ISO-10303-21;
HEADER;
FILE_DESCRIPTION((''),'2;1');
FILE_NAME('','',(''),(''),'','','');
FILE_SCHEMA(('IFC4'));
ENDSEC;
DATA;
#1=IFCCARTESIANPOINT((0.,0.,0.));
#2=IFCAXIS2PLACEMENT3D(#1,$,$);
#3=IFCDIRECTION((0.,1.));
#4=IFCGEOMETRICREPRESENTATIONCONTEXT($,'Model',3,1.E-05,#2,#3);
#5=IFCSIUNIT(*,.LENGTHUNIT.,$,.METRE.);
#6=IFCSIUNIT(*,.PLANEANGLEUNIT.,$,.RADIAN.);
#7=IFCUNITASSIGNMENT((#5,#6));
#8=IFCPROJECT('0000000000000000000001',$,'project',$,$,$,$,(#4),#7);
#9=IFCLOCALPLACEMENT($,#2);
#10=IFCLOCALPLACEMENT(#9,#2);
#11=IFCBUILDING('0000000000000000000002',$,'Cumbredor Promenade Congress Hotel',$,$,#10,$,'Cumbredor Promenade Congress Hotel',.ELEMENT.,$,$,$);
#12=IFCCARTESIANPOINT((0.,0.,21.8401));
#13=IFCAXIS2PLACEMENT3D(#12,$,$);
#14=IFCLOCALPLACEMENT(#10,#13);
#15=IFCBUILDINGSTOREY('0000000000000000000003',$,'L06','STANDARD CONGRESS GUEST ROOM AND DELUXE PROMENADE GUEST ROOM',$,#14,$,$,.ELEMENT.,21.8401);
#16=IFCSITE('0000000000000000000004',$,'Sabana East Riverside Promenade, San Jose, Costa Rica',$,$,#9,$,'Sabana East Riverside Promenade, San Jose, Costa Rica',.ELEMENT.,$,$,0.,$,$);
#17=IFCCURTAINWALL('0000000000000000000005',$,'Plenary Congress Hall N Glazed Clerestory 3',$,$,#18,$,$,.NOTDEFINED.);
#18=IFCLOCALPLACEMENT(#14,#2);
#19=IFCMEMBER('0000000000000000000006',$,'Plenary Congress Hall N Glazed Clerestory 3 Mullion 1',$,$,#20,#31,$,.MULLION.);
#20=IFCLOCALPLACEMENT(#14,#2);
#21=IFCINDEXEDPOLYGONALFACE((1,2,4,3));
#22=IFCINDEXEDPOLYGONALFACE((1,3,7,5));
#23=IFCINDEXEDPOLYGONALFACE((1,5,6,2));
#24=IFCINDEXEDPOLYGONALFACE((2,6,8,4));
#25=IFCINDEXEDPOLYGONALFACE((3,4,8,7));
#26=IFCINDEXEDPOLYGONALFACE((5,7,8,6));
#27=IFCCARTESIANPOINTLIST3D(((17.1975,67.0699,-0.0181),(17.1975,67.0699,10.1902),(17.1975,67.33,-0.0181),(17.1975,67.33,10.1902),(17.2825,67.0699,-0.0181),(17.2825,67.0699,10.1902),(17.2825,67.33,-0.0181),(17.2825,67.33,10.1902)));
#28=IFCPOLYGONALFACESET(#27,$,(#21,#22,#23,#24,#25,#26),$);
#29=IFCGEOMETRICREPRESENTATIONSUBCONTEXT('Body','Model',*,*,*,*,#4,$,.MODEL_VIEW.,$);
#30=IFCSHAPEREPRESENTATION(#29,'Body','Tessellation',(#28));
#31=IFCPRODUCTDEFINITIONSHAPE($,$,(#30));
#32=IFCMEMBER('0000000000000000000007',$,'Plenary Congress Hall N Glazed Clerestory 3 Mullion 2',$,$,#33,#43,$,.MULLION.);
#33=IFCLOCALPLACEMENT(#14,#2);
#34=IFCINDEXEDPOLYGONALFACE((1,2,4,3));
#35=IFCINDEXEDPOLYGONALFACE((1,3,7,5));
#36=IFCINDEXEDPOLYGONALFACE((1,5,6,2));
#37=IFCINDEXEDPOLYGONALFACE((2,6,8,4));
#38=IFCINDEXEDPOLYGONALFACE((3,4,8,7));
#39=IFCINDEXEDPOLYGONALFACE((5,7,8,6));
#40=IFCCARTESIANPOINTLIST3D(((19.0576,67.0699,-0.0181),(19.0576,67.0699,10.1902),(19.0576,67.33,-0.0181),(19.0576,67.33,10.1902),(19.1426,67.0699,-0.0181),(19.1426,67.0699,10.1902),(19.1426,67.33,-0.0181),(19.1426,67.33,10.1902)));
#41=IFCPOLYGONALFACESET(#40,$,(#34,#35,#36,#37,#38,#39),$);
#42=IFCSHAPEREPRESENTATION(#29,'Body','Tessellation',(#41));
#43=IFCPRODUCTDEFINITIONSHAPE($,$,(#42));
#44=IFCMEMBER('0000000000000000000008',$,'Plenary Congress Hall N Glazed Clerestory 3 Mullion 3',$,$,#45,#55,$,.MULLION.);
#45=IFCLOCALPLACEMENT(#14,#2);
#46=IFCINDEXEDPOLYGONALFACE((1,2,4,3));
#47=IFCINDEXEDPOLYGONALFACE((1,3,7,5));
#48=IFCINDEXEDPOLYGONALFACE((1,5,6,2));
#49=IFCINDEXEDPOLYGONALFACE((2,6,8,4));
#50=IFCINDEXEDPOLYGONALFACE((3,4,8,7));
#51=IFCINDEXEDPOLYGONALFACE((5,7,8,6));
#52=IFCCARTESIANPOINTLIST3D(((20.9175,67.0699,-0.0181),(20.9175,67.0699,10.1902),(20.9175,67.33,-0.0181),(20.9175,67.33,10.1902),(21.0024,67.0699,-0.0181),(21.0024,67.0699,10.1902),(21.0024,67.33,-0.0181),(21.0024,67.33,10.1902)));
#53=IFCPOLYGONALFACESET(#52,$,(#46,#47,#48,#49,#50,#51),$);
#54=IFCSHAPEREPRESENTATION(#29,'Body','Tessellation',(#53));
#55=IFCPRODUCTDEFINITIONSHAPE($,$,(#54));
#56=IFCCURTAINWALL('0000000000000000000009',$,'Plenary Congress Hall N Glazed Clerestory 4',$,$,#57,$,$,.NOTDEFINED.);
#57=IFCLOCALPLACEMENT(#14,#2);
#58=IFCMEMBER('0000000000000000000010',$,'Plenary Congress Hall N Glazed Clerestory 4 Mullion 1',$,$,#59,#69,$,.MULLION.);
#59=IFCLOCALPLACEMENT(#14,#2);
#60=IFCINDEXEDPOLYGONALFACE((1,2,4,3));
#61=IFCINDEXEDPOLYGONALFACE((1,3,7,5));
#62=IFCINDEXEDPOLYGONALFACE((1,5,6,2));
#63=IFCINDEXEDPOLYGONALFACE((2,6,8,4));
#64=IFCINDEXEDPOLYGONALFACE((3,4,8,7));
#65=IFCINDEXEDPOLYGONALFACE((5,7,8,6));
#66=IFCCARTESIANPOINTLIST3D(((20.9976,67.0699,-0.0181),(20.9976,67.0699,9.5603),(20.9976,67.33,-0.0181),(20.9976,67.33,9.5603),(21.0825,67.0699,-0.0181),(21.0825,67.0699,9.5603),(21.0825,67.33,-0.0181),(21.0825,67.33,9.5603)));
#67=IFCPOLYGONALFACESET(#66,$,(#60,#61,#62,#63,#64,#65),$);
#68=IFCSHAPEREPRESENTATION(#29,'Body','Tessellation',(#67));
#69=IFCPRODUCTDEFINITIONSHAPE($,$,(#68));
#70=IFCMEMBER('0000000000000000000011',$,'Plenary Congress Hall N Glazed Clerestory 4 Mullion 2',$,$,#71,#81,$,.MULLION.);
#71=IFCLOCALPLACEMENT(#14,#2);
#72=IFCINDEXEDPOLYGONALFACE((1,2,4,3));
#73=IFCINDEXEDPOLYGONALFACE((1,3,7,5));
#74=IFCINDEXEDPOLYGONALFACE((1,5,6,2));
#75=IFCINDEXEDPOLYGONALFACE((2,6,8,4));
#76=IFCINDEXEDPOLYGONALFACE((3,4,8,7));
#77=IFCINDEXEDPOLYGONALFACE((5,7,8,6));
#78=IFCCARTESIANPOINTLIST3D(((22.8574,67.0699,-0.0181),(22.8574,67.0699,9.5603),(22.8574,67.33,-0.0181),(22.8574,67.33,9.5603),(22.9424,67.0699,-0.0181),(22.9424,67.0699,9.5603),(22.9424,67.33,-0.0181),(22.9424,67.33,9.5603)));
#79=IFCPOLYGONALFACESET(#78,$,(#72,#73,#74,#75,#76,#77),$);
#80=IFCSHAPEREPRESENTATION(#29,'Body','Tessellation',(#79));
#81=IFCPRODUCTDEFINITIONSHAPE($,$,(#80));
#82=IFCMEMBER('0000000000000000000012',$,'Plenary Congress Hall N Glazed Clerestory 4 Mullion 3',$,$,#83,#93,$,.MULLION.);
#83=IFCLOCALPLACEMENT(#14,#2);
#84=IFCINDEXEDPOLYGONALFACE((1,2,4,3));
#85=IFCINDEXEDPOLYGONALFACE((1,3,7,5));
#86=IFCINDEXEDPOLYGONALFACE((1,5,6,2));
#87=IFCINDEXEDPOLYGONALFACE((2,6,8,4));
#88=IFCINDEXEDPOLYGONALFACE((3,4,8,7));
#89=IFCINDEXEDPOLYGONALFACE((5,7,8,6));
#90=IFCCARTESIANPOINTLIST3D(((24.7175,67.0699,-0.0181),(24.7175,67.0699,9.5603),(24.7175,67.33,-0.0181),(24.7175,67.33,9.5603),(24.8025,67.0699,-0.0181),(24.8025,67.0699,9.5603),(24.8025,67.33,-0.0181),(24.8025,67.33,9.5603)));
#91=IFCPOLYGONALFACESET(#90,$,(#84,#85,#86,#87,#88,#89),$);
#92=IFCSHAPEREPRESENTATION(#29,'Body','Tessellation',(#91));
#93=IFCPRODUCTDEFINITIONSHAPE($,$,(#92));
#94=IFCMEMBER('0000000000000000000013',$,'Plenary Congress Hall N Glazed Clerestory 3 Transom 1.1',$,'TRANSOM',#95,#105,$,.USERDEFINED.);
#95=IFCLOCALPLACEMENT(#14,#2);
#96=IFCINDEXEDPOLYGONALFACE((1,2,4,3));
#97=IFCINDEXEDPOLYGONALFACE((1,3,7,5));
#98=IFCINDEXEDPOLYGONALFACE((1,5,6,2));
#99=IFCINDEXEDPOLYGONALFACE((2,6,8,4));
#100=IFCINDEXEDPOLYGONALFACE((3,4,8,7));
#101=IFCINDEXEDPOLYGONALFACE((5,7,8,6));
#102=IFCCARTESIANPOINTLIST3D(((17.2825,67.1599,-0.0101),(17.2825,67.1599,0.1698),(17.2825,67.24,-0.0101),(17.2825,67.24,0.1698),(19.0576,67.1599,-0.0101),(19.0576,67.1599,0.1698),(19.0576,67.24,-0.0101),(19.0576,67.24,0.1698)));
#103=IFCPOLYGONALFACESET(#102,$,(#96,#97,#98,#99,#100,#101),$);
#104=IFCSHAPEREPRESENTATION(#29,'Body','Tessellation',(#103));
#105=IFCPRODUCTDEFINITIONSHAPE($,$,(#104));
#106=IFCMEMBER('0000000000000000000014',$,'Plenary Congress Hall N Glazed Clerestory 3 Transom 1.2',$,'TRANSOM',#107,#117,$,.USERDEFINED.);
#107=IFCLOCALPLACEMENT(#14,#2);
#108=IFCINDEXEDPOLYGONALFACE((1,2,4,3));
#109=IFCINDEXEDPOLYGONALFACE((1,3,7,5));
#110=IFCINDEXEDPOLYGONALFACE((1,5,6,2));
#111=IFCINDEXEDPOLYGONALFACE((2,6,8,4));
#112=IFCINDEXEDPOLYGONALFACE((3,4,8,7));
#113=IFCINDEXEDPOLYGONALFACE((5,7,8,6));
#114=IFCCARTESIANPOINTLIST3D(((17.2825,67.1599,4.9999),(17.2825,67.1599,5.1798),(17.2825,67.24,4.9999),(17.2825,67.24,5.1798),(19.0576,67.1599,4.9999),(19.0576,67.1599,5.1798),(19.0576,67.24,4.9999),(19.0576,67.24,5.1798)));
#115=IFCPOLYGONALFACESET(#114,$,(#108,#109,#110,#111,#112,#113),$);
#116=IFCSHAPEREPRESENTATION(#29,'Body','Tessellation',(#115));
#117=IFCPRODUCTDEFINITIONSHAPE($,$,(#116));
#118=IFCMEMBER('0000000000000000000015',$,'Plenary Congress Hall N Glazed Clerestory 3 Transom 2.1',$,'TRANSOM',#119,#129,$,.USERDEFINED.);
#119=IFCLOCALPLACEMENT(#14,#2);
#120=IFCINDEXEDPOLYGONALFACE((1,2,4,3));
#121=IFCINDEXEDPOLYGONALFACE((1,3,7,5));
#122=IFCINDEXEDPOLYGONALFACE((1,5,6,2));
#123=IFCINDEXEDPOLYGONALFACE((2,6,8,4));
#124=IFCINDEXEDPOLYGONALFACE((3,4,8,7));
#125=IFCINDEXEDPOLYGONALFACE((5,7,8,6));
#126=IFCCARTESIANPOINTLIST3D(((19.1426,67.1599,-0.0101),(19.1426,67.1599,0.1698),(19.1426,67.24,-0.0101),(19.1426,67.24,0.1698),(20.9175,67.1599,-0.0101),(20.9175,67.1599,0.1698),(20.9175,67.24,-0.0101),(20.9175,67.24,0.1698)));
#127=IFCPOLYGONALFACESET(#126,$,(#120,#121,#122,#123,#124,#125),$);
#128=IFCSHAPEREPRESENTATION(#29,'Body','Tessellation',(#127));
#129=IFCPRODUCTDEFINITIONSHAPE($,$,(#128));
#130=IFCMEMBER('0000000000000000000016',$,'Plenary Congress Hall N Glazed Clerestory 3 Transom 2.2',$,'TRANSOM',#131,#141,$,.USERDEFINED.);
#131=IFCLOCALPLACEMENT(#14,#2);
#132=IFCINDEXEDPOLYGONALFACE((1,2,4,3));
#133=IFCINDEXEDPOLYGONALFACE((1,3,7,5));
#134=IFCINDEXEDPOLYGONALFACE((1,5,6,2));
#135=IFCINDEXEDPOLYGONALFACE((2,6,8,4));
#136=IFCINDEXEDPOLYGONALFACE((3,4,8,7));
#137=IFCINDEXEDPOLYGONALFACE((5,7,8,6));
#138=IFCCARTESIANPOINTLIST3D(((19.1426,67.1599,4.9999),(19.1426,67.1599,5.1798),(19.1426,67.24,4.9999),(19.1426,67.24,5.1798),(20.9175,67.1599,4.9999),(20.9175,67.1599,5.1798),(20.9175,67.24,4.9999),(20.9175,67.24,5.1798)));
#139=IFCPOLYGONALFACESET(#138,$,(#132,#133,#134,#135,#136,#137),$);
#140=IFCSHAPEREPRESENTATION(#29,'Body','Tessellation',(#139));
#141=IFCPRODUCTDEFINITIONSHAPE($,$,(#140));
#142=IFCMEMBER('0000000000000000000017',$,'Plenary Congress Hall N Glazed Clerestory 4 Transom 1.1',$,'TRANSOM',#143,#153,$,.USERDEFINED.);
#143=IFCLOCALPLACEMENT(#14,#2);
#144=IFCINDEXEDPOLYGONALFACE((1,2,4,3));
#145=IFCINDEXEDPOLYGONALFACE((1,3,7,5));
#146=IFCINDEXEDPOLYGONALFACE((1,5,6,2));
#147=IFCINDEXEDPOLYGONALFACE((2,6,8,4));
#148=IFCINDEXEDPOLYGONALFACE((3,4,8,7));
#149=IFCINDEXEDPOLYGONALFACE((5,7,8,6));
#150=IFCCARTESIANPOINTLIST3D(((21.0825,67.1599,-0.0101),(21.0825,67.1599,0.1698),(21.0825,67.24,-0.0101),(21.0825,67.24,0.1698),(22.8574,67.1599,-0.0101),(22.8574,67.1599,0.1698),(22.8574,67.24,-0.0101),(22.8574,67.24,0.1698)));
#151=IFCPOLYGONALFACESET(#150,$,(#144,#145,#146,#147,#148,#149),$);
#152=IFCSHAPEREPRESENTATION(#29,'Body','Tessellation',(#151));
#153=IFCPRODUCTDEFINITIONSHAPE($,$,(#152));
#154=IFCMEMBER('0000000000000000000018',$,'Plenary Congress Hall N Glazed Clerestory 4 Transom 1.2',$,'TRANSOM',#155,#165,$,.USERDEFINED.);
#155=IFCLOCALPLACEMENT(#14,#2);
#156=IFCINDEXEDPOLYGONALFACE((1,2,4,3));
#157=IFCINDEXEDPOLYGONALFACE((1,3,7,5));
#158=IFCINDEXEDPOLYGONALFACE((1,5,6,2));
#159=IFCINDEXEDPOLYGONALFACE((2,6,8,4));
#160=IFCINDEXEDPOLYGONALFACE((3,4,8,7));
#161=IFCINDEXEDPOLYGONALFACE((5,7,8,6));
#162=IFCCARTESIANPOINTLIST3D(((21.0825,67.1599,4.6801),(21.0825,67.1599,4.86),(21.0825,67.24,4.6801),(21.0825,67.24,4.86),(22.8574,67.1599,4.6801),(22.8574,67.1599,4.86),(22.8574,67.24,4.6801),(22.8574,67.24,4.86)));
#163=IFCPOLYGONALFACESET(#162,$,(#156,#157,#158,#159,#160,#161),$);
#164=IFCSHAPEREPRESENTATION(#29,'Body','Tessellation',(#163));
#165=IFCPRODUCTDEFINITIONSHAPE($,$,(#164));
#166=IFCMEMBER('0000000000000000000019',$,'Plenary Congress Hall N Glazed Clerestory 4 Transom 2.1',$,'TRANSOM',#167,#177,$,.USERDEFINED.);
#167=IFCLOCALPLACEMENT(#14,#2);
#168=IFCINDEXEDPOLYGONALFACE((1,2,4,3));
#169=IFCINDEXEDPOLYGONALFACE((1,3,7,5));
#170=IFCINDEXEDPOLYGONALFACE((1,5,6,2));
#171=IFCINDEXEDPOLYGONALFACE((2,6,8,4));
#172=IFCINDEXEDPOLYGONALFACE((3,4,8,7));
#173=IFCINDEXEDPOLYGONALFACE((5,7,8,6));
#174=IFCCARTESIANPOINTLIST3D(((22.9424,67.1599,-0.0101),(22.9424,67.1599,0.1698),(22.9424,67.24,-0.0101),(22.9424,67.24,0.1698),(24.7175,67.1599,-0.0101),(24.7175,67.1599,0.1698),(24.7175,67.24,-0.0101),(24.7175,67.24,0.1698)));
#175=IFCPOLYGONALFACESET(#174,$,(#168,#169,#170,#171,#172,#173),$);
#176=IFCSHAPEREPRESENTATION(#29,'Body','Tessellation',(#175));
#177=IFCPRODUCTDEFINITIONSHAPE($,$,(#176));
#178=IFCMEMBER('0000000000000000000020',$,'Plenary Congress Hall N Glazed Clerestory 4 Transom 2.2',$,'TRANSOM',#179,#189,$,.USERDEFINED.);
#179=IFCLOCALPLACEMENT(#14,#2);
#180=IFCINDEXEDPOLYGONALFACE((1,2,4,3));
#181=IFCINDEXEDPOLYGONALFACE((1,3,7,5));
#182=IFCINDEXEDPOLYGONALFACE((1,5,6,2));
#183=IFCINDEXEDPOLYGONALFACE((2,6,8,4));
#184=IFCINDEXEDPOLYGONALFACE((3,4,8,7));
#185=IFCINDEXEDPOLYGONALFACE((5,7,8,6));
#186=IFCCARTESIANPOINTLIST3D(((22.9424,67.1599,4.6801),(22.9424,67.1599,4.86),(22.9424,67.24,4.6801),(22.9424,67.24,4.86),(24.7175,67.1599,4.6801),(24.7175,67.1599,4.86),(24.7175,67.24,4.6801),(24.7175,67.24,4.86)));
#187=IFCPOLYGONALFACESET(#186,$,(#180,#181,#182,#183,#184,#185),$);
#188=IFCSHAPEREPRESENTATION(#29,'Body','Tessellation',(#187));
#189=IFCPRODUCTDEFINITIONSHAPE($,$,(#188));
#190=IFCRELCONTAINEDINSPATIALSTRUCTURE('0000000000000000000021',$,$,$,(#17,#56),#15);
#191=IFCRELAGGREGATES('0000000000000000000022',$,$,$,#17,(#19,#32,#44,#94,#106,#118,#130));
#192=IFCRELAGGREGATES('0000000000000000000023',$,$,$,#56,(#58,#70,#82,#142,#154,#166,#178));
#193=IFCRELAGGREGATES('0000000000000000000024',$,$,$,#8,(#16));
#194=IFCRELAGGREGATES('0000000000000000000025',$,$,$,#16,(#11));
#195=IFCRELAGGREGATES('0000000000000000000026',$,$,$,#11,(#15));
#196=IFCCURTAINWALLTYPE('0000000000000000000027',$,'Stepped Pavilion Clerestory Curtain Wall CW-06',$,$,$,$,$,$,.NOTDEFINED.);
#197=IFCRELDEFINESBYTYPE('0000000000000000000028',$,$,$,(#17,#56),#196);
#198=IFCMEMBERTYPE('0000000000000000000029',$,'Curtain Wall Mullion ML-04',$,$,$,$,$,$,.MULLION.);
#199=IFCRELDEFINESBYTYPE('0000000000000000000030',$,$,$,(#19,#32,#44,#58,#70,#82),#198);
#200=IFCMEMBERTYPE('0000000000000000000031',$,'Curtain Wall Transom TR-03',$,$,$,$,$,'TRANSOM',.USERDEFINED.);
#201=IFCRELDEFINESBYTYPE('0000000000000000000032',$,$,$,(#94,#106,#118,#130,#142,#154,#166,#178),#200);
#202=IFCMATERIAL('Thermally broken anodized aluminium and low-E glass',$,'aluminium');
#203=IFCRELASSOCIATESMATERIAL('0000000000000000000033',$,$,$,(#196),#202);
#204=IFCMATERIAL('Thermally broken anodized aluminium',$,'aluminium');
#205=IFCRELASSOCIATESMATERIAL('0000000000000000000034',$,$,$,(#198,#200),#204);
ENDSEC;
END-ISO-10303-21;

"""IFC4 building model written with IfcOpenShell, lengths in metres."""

from ifc_helpers import new_model, si_unit, direction, frame, origin, origin_2d, place, context, subcontext, project, spatial, rectangle, extrude, material, material_profile, profile_set, type_object, element, aggregate, save


model = new_model("IFC4")

# Units and contexts
model_context = context("Model", 3, precision=1e-05, world=origin(), true_north=direction((0.0, 1.0)))
body_context = subcontext(model_context, "Body", "Model", "MODEL_VIEW")
ifc_project = project(units=[si_unit("LENGTHUNIT", "METRE"), si_unit("PLANEANGLEUNIT", "RADIAN")], contexts=[model_context])

# Site, building, storey
site_placement = place(None, origin())
site = spatial("IfcSite", under=ifc_project, at=site_placement, Name="Sabana East Riverside Promenade, San Jose, Costa Rica", LongName="Sabana East Riverside Promenade, San Jose, Costa Rica", CompositionType="ELEMENT", RefElevation=0.0)
building_placement = place(site_placement, origin())
building = spatial("IfcBuilding", under=site, at=building_placement, Name="Cumbredor Promenade Congress Hotel", LongName="Cumbredor Promenade Congress Hotel", CompositionType="ELEMENT")
storey_placement = place(building_placement, frame((0.0, 0.0, 21.8401)))
storey = spatial("IfcBuildingStorey", under=building, at=storey_placement, Name="L06", Description="STANDARD CONGRESS GUEST ROOM AND DELUXE PROMENADE GUEST ROOM", CompositionType="ELEMENT", Elevation=21.8401)

# Curtain walls, members
ifc_material_1 = material(Name="Thermally broken anodized aluminium and low-E glass", Category="aluminium")
curtain_wall_type = type_object("IfcCurtainWallType", Name="Stepped Pavilion Clerestory Curtain Wall CW-06", PredefinedType="NOTDEFINED", material=ifc_material_1)
curtain_wall_1_placement = place(storey_placement, origin())
curtain_wall_1 = element("IfcCurtainWall", 1, at=curtain_wall_1_placement, inside=storey, type_object=curtain_wall_type, Name="Plenary Congress Hall N Glazed Clerestory 3", PredefinedType="NOTDEFINED")
ifc_material_2 = material(Name="Thermally broken anodized aluminium", Category="aluminium")
ifc_material_profile_1 = material_profile(ifc_material_2, rectangle(XDim=0.085, YDim=0.26, at=origin_2d()), Name="ALU MULLION CLERESTORY 85x260")
ifc_profile_set_1 = profile_set([ifc_material_profile_1], Name="Thermally broken anodized aluminium")
member_type_1 = type_object("IfcMemberType", Name="Curtain Wall Mullion ML-04", PredefinedType="MULLION", material=ifc_profile_set_1)
member_1_placement = place(storey_placement, frame((17.24, 67.2, -0.0181), z_axis=(0.0, 0.0, 1.0), x_axis=(1.0, 0.0, 0.0)))
member_1 = element("IfcMember", 2, at=member_1_placement, type_object=member_type_1, Name="Plenary Congress Hall N Glazed Clerestory 3 Mullion 1", PredefinedType="MULLION", context=body_context, shape_type="SweptSolid", body=[
    extrude(rectangle(XDim=0.085, YDim=0.26, at=origin_2d()), origin(), (0.0, 0.0, 1.0), 10.2083),
])
member_2_placement = place(storey_placement, frame((19.1001, 67.2, -0.0181), z_axis=(0.0, 0.0, 1.0), x_axis=(1.0, 0.0, 0.0)))
member_2 = element("IfcMember", 3, at=member_2_placement, type_object=member_type_1, Name="Plenary Congress Hall N Glazed Clerestory 3 Mullion 2", PredefinedType="MULLION", context=body_context, shape_type="SweptSolid", body=[
    extrude(rectangle(XDim=0.085, YDim=0.26, at=origin_2d()), origin(), (0.0, 0.0, 1.0), 10.2083),
])
member_3_placement = place(storey_placement, frame((20.96, 67.2, -0.0181), z_axis=(0.0, 0.0, 1.0), x_axis=(1.0, 0.0, 0.0)))
member_3 = element("IfcMember", 4, at=member_3_placement, type_object=member_type_1, Name="Plenary Congress Hall N Glazed Clerestory 3 Mullion 3", PredefinedType="MULLION", context=body_context, shape_type="SweptSolid", body=[
    extrude(rectangle(XDim=0.085, YDim=0.26, at=origin_2d()), origin(), (0.0, 0.0, 1.0), 10.2083),
])
curtain_wall_2_placement = place(storey_placement, origin())
curtain_wall_2 = element("IfcCurtainWall", 5, at=curtain_wall_2_placement, inside=storey, type_object=curtain_wall_type, Name="Plenary Congress Hall N Glazed Clerestory 4", PredefinedType="NOTDEFINED")
member_4_placement = place(storey_placement, frame((21.04, 67.2, -0.0181), z_axis=(0.0, 0.0, 1.0), x_axis=(1.0, 0.0, 0.0)))
member_4 = element("IfcMember", 6, at=member_4_placement, type_object=member_type_1, Name="Plenary Congress Hall N Glazed Clerestory 4 Mullion 1", PredefinedType="MULLION", context=body_context, shape_type="SweptSolid", body=[
    extrude(rectangle(XDim=0.085, YDim=0.26, at=origin_2d()), origin(), (0.0, 0.0, 1.0), 9.5784),
])
member_5_placement = place(storey_placement, frame((22.8999, 67.2, -0.0181), z_axis=(0.0, 0.0, 1.0), x_axis=(1.0, 0.0, 0.0)))
member_5 = element("IfcMember", 7, at=member_5_placement, type_object=member_type_1, Name="Plenary Congress Hall N Glazed Clerestory 4 Mullion 2", PredefinedType="MULLION", context=body_context, shape_type="SweptSolid", body=[
    extrude(rectangle(XDim=0.085, YDim=0.26, at=origin_2d()), origin(), (0.0, 0.0, 1.0), 9.5784),
])
member_6_placement = place(storey_placement, frame((24.76, 67.2, -0.0181), z_axis=(0.0, 0.0, 1.0), x_axis=(1.0, 0.0, 0.0)))
member_6 = element("IfcMember", 8, at=member_6_placement, type_object=member_type_1, Name="Plenary Congress Hall N Glazed Clerestory 4 Mullion 3", PredefinedType="MULLION", context=body_context, shape_type="SweptSolid", body=[
    extrude(rectangle(XDim=0.085, YDim=0.26, at=origin_2d()), origin(), (0.0, 0.0, 1.0), 9.5784),
])

# Members
ifc_material_profile_2 = material_profile(ifc_material_2, rectangle(XDim=0.0801, YDim=0.1799, at=origin_2d()), Name="ALU TRANSOM 80x180")
ifc_profile_set_2 = profile_set([ifc_material_profile_2], Name="Thermally broken anodized aluminium")
member_type_2 = type_object("IfcMemberType", Name="Curtain Wall Transom TR-03", ElementType="TRANSOM", PredefinedType="USERDEFINED", material=ifc_profile_set_2)
member_7_placement = place(storey_placement, frame((17.2825, 67.2, 0.0798), z_axis=(1.0, 0.0, 0.0), x_axis=(0.0, 1.0, 0.0)))
member_7 = element("IfcMember", 9, at=member_7_placement, type_object=member_type_2, Name="Plenary Congress Hall N Glazed Clerestory 3 Transom 1.1", ObjectType="TRANSOM", PredefinedType="USERDEFINED", context=body_context, shape_type="SweptSolid", body=[
    extrude(rectangle(XDim=0.0801, YDim=0.1799, at=origin_2d()), origin(), (0.0, 0.0, 1.0), 1.7751),
])
member_8_placement = place(storey_placement, frame((17.2825, 67.2, 5.0898), z_axis=(1.0, 0.0, 0.0), x_axis=(0.0, 1.0, 0.0)))
member_8 = element("IfcMember", 10, at=member_8_placement, type_object=member_type_2, Name="Plenary Congress Hall N Glazed Clerestory 3 Transom 1.2", ObjectType="TRANSOM", PredefinedType="USERDEFINED", context=body_context, shape_type="SweptSolid", body=[
    extrude(rectangle(XDim=0.0801, YDim=0.1799, at=origin_2d()), origin(), (0.0, 0.0, 1.0), 1.7751),
])
member_9_placement = place(storey_placement, frame((19.1426, 67.2, 0.0798), z_axis=(1.0, 0.0, 0.0), x_axis=(0.0, 1.0, 0.0)))
member_9 = element("IfcMember", 11, at=member_9_placement, type_object=member_type_2, Name="Plenary Congress Hall N Glazed Clerestory 3 Transom 2.1", ObjectType="TRANSOM", PredefinedType="USERDEFINED", context=body_context, shape_type="SweptSolid", body=[
    extrude(rectangle(XDim=0.0801, YDim=0.1799, at=origin_2d()), origin(), (0.0, 0.0, 1.0), 1.7749),
])
member_10_placement = place(storey_placement, frame((19.1426, 67.2, 5.0898), z_axis=(1.0, 0.0, 0.0), x_axis=(0.0, 1.0, 0.0)))
member_10 = element("IfcMember", 12, at=member_10_placement, type_object=member_type_2, Name="Plenary Congress Hall N Glazed Clerestory 3 Transom 2.2", ObjectType="TRANSOM", PredefinedType="USERDEFINED", context=body_context, shape_type="SweptSolid", body=[
    extrude(rectangle(XDim=0.0801, YDim=0.1799, at=origin_2d()), origin(), (0.0, 0.0, 1.0), 1.7749),
])
member_11_placement = place(storey_placement, frame((21.0825, 67.2, 0.0798), z_axis=(1.0, 0.0, 0.0), x_axis=(0.0, 1.0, 0.0)))
member_11 = element("IfcMember", 13, at=member_11_placement, type_object=member_type_2, Name="Plenary Congress Hall N Glazed Clerestory 4 Transom 1.1", ObjectType="TRANSOM", PredefinedType="USERDEFINED", context=body_context, shape_type="SweptSolid", body=[
    extrude(rectangle(XDim=0.0801, YDim=0.1799, at=origin_2d()), origin(), (0.0, 0.0, 1.0), 1.7749),
])
member_12_placement = place(storey_placement, frame((21.0825, 67.2, 4.77), z_axis=(1.0, 0.0, 0.0), x_axis=(0.0, 1.0, 0.0)))
member_12 = element("IfcMember", 14, at=member_12_placement, type_object=member_type_2, Name="Plenary Congress Hall N Glazed Clerestory 4 Transom 1.2", ObjectType="TRANSOM", PredefinedType="USERDEFINED", context=body_context, shape_type="SweptSolid", body=[
    extrude(rectangle(XDim=0.0801, YDim=0.1799, at=origin_2d()), origin(), (0.0, 0.0, 1.0), 1.7749),
])
member_13_placement = place(storey_placement, frame((22.9424, 67.2, 0.0798), z_axis=(1.0, 0.0, 0.0), x_axis=(0.0, 1.0, 0.0)))
member_13 = element("IfcMember", 15, at=member_13_placement, type_object=member_type_2, Name="Plenary Congress Hall N Glazed Clerestory 4 Transom 2.1", ObjectType="TRANSOM", PredefinedType="USERDEFINED", context=body_context, shape_type="SweptSolid", body=[
    extrude(rectangle(XDim=0.0801, YDim=0.1799, at=origin_2d()), origin(), (0.0, 0.0, 1.0), 1.7751),
])
member_14_placement = place(storey_placement, frame((22.9424, 67.2, 4.77), z_axis=(1.0, 0.0, 0.0), x_axis=(0.0, 1.0, 0.0)))
member_14 = element("IfcMember", 16, at=member_14_placement, type_object=member_type_2, Name="Plenary Congress Hall N Glazed Clerestory 4 Transom 2.2", ObjectType="TRANSOM", PredefinedType="USERDEFINED", context=body_context, shape_type="SweptSolid", body=[
    extrude(rectangle(XDim=0.0801, YDim=0.1799, at=origin_2d()), origin(), (0.0, 0.0, 1.0), 1.7751),
])

aggregate(curtain_wall_1, [member_1, member_2, member_3, member_7, member_8, member_9, member_10])
aggregate(curtain_wall_2, [member_4, member_5, member_6, member_11, member_12, member_13, member_14])

save(model, "model.ifc")
